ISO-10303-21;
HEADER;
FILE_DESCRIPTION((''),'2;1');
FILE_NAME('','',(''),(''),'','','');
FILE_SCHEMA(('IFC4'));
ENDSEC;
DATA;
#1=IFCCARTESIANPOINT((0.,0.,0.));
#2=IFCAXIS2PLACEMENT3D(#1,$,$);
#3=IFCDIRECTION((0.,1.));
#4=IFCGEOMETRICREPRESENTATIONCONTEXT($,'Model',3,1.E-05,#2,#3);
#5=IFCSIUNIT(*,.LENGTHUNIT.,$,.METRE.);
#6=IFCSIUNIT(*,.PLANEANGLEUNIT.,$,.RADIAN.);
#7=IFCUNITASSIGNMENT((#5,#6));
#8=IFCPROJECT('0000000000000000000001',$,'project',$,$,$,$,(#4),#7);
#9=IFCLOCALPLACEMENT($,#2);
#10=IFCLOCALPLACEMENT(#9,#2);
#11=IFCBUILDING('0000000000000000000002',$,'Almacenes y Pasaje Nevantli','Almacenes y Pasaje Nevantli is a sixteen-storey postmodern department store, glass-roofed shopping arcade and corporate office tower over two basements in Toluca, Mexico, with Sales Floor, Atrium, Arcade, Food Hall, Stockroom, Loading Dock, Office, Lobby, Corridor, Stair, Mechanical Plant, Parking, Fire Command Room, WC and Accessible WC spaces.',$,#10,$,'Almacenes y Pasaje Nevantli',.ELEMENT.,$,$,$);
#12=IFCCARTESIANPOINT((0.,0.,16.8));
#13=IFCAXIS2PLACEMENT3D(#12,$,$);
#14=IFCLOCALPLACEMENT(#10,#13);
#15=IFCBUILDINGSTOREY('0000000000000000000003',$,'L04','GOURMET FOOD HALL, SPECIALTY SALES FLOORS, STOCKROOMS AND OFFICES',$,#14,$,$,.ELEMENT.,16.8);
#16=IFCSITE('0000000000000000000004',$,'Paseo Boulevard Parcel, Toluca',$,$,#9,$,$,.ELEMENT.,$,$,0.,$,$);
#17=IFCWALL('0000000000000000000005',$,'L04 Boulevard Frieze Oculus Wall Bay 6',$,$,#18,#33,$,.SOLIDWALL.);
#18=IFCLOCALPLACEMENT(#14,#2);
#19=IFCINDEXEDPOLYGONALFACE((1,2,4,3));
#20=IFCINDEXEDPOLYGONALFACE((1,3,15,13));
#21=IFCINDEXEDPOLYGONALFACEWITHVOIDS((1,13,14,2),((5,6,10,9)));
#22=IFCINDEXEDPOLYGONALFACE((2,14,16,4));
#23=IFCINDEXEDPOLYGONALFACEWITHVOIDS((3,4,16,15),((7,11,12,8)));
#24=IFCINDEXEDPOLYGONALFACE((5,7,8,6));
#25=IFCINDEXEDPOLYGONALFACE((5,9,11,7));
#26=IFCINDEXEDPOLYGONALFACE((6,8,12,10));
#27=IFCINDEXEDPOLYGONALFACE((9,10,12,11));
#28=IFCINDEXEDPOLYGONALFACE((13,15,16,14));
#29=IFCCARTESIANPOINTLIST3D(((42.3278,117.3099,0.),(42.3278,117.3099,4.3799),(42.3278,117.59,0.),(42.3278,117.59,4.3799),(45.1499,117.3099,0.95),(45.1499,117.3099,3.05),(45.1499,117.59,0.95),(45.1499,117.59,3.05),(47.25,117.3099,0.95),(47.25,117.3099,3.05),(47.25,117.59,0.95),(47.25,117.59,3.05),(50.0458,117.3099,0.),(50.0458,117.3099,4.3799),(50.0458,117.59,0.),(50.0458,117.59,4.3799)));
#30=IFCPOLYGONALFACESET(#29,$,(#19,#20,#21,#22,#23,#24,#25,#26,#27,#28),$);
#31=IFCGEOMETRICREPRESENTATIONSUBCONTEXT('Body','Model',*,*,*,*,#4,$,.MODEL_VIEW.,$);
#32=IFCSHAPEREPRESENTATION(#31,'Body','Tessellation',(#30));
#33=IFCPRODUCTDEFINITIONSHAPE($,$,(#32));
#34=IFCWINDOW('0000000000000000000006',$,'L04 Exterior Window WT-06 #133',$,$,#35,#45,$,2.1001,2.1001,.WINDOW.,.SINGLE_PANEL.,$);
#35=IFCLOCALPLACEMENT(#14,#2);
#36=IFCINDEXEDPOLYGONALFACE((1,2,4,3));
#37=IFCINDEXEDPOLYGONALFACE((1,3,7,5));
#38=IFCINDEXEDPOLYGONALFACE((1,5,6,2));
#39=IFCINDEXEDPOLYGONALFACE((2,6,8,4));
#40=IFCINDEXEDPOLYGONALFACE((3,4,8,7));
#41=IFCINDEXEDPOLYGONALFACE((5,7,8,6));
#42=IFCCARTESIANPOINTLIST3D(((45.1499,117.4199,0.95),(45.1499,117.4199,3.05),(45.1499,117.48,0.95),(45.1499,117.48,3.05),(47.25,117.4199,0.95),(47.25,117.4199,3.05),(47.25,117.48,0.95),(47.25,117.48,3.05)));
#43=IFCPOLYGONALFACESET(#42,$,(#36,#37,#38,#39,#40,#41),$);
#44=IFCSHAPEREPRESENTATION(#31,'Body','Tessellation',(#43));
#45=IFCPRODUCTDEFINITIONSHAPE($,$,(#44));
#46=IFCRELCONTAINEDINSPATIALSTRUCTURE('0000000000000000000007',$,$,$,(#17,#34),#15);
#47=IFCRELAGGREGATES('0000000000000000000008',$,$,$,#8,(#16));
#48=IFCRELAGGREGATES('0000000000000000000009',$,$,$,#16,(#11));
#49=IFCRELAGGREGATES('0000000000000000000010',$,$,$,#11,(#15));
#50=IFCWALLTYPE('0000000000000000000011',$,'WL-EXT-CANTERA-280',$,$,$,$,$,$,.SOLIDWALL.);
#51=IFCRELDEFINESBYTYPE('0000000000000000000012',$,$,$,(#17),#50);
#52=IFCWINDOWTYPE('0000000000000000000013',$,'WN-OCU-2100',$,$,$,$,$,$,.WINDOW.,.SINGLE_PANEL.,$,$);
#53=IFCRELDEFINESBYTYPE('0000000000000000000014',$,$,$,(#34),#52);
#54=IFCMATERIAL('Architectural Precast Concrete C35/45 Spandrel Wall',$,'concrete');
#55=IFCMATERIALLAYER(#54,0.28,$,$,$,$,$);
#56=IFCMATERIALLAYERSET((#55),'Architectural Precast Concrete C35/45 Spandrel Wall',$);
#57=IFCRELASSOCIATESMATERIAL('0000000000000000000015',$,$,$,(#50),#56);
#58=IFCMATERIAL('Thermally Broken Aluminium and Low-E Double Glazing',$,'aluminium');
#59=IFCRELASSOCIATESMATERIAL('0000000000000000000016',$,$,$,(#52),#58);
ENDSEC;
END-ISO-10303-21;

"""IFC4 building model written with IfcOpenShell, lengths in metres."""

from ifc_helpers import new_model, si_unit, direction, frame, frame_2d, origin, place, context, subcontext, project, spatial, rectangle, extrude, material, layer, layer_set, type_object, element, fill, save


model = new_model("IFC4")

# Units and contexts
model_context = context("Model", 3, precision=1e-05, world=origin(), true_north=direction((0.0, 1.0)))
body_context = subcontext(model_context, "Body", "Model", "MODEL_VIEW")
ifc_project = project(units=[si_unit("LENGTHUNIT", "METRE"), si_unit("PLANEANGLEUNIT", "RADIAN")], contexts=[model_context])

# Site, building, storey
site_placement = place(None, origin())
site = spatial("IfcSite", under=ifc_project, at=site_placement, Name="Paseo Boulevard Parcel, Toluca", CompositionType="ELEMENT", RefElevation=0.0)
building_placement = place(site_placement, origin())
building = spatial("IfcBuilding", under=site, at=building_placement, Name="Almacenes y Pasaje Nevantli", Description="Almacenes y Pasaje Nevantli is a sixteen-storey postmodern department store, glass-roofed shopping arcade and corporate office tower over two basements in Toluca, Mexico, with Sales Floor, Atrium, Arcade, Food Hall, Stockroom, Loading Dock, Office, Lobby, Corridor, Stair, Mechanical Plant, Parking, Fire Command Room, WC and Accessible WC spaces.", LongName="Almacenes y Pasaje Nevantli", CompositionType="ELEMENT")
storey_placement = place(building_placement, frame((0.0, 0.0, 16.8)))
storey = spatial("IfcBuildingStorey", under=building, at=storey_placement, Name="L04", Description="GOURMET FOOD HALL, SPECIALTY SALES FLOORS, STOCKROOMS AND OFFICES", CompositionType="ELEMENT", Elevation=16.8)

# Wall, opening, window
ifc_material_1 = material(Name="Architectural Precast Concrete C35/45 Spandrel Wall", Category="concrete")
ifc_layer = layer(ifc_material_1, 0.28)
ifc_layer_set = layer_set([ifc_layer], Name="Architectural Precast Concrete C35/45 Spandrel Wall")
wall_type = type_object("IfcWallType", Name="WL-EXT-CANTERA-280", PredefinedType="SOLIDWALL", material=ifc_layer_set)
wall_1_placement = place(storey_placement, frame((42.3279, 117.45, 0.0), z_axis=(0.0, 0.0, 1.0), x_axis=(1.0, 0.0, 0.0)))
wall_1 = element("IfcWall", 1, at=wall_1_placement, inside=storey, type_object=wall_type, Name="L04 Boulevard Frieze Oculus Wall Bay 6", PredefinedType="SOLIDWALL", context=body_context, shape_type="SweptSolid", body=[
    extrude(rectangle(XDim=7.718, YDim=0.28, at=frame_2d((3.8589, 0.0))), origin(), (0.0, 0.0, 1.0), 4.3799),
])
opening_1_placement = place(wall_1_placement, frame((2.822, 0.0, 0.95)))
opening_1 = element("IfcOpeningElement", 2, at=opening_1_placement, cuts=wall_1, PredefinedType="OPENING", context=body_context, shape_type="SweptSolid", body=[
    extrude(rectangle(XDim=2.1001, YDim=2.1001, at=frame_2d((1.05, 1.05))), frame((0.0, 0.1499, 0.0), z_axis=(0.0, -1.0, 0.0), x_axis=(1.0, 0.0, 0.0)), (0.0, 0.0, 1.0), 0.3),
])
ifc_material_2 = material(Name="Thermally Broken Aluminium and Low-E Double Glazing", Category="aluminium")
window_type_1 = type_object("IfcWindowType", Name="WN-OCU-2100", PartitioningType="SINGLE_PANEL", PredefinedType="WINDOW", material=ifc_material_2)
window_1_placement = place(opening_1_placement, origin())
window_1 = element("IfcWindow", 3, at=window_1_placement, inside=storey, type_object=window_type_1, Name="L04 Exterior Window WT-06 #133", OverallHeight=2.1001, OverallWidth=2.1001, PartitioningType="SINGLE_PANEL", PredefinedType="WINDOW", context=body_context, shape_type="SweptSolid", body=[
    extrude(rectangle(XDim=2.1001, YDim=2.1001, at=frame_2d((1.05, 1.05))), frame((0.0, 0.03, 0.0), z_axis=(0.0, -1.0, 0.0), x_axis=(1.0, 0.0, 0.0)), (0.0, 0.0, 1.0), 0.0601),
])
fill(opening_1, window_1)

save(model, "model.ifc")
